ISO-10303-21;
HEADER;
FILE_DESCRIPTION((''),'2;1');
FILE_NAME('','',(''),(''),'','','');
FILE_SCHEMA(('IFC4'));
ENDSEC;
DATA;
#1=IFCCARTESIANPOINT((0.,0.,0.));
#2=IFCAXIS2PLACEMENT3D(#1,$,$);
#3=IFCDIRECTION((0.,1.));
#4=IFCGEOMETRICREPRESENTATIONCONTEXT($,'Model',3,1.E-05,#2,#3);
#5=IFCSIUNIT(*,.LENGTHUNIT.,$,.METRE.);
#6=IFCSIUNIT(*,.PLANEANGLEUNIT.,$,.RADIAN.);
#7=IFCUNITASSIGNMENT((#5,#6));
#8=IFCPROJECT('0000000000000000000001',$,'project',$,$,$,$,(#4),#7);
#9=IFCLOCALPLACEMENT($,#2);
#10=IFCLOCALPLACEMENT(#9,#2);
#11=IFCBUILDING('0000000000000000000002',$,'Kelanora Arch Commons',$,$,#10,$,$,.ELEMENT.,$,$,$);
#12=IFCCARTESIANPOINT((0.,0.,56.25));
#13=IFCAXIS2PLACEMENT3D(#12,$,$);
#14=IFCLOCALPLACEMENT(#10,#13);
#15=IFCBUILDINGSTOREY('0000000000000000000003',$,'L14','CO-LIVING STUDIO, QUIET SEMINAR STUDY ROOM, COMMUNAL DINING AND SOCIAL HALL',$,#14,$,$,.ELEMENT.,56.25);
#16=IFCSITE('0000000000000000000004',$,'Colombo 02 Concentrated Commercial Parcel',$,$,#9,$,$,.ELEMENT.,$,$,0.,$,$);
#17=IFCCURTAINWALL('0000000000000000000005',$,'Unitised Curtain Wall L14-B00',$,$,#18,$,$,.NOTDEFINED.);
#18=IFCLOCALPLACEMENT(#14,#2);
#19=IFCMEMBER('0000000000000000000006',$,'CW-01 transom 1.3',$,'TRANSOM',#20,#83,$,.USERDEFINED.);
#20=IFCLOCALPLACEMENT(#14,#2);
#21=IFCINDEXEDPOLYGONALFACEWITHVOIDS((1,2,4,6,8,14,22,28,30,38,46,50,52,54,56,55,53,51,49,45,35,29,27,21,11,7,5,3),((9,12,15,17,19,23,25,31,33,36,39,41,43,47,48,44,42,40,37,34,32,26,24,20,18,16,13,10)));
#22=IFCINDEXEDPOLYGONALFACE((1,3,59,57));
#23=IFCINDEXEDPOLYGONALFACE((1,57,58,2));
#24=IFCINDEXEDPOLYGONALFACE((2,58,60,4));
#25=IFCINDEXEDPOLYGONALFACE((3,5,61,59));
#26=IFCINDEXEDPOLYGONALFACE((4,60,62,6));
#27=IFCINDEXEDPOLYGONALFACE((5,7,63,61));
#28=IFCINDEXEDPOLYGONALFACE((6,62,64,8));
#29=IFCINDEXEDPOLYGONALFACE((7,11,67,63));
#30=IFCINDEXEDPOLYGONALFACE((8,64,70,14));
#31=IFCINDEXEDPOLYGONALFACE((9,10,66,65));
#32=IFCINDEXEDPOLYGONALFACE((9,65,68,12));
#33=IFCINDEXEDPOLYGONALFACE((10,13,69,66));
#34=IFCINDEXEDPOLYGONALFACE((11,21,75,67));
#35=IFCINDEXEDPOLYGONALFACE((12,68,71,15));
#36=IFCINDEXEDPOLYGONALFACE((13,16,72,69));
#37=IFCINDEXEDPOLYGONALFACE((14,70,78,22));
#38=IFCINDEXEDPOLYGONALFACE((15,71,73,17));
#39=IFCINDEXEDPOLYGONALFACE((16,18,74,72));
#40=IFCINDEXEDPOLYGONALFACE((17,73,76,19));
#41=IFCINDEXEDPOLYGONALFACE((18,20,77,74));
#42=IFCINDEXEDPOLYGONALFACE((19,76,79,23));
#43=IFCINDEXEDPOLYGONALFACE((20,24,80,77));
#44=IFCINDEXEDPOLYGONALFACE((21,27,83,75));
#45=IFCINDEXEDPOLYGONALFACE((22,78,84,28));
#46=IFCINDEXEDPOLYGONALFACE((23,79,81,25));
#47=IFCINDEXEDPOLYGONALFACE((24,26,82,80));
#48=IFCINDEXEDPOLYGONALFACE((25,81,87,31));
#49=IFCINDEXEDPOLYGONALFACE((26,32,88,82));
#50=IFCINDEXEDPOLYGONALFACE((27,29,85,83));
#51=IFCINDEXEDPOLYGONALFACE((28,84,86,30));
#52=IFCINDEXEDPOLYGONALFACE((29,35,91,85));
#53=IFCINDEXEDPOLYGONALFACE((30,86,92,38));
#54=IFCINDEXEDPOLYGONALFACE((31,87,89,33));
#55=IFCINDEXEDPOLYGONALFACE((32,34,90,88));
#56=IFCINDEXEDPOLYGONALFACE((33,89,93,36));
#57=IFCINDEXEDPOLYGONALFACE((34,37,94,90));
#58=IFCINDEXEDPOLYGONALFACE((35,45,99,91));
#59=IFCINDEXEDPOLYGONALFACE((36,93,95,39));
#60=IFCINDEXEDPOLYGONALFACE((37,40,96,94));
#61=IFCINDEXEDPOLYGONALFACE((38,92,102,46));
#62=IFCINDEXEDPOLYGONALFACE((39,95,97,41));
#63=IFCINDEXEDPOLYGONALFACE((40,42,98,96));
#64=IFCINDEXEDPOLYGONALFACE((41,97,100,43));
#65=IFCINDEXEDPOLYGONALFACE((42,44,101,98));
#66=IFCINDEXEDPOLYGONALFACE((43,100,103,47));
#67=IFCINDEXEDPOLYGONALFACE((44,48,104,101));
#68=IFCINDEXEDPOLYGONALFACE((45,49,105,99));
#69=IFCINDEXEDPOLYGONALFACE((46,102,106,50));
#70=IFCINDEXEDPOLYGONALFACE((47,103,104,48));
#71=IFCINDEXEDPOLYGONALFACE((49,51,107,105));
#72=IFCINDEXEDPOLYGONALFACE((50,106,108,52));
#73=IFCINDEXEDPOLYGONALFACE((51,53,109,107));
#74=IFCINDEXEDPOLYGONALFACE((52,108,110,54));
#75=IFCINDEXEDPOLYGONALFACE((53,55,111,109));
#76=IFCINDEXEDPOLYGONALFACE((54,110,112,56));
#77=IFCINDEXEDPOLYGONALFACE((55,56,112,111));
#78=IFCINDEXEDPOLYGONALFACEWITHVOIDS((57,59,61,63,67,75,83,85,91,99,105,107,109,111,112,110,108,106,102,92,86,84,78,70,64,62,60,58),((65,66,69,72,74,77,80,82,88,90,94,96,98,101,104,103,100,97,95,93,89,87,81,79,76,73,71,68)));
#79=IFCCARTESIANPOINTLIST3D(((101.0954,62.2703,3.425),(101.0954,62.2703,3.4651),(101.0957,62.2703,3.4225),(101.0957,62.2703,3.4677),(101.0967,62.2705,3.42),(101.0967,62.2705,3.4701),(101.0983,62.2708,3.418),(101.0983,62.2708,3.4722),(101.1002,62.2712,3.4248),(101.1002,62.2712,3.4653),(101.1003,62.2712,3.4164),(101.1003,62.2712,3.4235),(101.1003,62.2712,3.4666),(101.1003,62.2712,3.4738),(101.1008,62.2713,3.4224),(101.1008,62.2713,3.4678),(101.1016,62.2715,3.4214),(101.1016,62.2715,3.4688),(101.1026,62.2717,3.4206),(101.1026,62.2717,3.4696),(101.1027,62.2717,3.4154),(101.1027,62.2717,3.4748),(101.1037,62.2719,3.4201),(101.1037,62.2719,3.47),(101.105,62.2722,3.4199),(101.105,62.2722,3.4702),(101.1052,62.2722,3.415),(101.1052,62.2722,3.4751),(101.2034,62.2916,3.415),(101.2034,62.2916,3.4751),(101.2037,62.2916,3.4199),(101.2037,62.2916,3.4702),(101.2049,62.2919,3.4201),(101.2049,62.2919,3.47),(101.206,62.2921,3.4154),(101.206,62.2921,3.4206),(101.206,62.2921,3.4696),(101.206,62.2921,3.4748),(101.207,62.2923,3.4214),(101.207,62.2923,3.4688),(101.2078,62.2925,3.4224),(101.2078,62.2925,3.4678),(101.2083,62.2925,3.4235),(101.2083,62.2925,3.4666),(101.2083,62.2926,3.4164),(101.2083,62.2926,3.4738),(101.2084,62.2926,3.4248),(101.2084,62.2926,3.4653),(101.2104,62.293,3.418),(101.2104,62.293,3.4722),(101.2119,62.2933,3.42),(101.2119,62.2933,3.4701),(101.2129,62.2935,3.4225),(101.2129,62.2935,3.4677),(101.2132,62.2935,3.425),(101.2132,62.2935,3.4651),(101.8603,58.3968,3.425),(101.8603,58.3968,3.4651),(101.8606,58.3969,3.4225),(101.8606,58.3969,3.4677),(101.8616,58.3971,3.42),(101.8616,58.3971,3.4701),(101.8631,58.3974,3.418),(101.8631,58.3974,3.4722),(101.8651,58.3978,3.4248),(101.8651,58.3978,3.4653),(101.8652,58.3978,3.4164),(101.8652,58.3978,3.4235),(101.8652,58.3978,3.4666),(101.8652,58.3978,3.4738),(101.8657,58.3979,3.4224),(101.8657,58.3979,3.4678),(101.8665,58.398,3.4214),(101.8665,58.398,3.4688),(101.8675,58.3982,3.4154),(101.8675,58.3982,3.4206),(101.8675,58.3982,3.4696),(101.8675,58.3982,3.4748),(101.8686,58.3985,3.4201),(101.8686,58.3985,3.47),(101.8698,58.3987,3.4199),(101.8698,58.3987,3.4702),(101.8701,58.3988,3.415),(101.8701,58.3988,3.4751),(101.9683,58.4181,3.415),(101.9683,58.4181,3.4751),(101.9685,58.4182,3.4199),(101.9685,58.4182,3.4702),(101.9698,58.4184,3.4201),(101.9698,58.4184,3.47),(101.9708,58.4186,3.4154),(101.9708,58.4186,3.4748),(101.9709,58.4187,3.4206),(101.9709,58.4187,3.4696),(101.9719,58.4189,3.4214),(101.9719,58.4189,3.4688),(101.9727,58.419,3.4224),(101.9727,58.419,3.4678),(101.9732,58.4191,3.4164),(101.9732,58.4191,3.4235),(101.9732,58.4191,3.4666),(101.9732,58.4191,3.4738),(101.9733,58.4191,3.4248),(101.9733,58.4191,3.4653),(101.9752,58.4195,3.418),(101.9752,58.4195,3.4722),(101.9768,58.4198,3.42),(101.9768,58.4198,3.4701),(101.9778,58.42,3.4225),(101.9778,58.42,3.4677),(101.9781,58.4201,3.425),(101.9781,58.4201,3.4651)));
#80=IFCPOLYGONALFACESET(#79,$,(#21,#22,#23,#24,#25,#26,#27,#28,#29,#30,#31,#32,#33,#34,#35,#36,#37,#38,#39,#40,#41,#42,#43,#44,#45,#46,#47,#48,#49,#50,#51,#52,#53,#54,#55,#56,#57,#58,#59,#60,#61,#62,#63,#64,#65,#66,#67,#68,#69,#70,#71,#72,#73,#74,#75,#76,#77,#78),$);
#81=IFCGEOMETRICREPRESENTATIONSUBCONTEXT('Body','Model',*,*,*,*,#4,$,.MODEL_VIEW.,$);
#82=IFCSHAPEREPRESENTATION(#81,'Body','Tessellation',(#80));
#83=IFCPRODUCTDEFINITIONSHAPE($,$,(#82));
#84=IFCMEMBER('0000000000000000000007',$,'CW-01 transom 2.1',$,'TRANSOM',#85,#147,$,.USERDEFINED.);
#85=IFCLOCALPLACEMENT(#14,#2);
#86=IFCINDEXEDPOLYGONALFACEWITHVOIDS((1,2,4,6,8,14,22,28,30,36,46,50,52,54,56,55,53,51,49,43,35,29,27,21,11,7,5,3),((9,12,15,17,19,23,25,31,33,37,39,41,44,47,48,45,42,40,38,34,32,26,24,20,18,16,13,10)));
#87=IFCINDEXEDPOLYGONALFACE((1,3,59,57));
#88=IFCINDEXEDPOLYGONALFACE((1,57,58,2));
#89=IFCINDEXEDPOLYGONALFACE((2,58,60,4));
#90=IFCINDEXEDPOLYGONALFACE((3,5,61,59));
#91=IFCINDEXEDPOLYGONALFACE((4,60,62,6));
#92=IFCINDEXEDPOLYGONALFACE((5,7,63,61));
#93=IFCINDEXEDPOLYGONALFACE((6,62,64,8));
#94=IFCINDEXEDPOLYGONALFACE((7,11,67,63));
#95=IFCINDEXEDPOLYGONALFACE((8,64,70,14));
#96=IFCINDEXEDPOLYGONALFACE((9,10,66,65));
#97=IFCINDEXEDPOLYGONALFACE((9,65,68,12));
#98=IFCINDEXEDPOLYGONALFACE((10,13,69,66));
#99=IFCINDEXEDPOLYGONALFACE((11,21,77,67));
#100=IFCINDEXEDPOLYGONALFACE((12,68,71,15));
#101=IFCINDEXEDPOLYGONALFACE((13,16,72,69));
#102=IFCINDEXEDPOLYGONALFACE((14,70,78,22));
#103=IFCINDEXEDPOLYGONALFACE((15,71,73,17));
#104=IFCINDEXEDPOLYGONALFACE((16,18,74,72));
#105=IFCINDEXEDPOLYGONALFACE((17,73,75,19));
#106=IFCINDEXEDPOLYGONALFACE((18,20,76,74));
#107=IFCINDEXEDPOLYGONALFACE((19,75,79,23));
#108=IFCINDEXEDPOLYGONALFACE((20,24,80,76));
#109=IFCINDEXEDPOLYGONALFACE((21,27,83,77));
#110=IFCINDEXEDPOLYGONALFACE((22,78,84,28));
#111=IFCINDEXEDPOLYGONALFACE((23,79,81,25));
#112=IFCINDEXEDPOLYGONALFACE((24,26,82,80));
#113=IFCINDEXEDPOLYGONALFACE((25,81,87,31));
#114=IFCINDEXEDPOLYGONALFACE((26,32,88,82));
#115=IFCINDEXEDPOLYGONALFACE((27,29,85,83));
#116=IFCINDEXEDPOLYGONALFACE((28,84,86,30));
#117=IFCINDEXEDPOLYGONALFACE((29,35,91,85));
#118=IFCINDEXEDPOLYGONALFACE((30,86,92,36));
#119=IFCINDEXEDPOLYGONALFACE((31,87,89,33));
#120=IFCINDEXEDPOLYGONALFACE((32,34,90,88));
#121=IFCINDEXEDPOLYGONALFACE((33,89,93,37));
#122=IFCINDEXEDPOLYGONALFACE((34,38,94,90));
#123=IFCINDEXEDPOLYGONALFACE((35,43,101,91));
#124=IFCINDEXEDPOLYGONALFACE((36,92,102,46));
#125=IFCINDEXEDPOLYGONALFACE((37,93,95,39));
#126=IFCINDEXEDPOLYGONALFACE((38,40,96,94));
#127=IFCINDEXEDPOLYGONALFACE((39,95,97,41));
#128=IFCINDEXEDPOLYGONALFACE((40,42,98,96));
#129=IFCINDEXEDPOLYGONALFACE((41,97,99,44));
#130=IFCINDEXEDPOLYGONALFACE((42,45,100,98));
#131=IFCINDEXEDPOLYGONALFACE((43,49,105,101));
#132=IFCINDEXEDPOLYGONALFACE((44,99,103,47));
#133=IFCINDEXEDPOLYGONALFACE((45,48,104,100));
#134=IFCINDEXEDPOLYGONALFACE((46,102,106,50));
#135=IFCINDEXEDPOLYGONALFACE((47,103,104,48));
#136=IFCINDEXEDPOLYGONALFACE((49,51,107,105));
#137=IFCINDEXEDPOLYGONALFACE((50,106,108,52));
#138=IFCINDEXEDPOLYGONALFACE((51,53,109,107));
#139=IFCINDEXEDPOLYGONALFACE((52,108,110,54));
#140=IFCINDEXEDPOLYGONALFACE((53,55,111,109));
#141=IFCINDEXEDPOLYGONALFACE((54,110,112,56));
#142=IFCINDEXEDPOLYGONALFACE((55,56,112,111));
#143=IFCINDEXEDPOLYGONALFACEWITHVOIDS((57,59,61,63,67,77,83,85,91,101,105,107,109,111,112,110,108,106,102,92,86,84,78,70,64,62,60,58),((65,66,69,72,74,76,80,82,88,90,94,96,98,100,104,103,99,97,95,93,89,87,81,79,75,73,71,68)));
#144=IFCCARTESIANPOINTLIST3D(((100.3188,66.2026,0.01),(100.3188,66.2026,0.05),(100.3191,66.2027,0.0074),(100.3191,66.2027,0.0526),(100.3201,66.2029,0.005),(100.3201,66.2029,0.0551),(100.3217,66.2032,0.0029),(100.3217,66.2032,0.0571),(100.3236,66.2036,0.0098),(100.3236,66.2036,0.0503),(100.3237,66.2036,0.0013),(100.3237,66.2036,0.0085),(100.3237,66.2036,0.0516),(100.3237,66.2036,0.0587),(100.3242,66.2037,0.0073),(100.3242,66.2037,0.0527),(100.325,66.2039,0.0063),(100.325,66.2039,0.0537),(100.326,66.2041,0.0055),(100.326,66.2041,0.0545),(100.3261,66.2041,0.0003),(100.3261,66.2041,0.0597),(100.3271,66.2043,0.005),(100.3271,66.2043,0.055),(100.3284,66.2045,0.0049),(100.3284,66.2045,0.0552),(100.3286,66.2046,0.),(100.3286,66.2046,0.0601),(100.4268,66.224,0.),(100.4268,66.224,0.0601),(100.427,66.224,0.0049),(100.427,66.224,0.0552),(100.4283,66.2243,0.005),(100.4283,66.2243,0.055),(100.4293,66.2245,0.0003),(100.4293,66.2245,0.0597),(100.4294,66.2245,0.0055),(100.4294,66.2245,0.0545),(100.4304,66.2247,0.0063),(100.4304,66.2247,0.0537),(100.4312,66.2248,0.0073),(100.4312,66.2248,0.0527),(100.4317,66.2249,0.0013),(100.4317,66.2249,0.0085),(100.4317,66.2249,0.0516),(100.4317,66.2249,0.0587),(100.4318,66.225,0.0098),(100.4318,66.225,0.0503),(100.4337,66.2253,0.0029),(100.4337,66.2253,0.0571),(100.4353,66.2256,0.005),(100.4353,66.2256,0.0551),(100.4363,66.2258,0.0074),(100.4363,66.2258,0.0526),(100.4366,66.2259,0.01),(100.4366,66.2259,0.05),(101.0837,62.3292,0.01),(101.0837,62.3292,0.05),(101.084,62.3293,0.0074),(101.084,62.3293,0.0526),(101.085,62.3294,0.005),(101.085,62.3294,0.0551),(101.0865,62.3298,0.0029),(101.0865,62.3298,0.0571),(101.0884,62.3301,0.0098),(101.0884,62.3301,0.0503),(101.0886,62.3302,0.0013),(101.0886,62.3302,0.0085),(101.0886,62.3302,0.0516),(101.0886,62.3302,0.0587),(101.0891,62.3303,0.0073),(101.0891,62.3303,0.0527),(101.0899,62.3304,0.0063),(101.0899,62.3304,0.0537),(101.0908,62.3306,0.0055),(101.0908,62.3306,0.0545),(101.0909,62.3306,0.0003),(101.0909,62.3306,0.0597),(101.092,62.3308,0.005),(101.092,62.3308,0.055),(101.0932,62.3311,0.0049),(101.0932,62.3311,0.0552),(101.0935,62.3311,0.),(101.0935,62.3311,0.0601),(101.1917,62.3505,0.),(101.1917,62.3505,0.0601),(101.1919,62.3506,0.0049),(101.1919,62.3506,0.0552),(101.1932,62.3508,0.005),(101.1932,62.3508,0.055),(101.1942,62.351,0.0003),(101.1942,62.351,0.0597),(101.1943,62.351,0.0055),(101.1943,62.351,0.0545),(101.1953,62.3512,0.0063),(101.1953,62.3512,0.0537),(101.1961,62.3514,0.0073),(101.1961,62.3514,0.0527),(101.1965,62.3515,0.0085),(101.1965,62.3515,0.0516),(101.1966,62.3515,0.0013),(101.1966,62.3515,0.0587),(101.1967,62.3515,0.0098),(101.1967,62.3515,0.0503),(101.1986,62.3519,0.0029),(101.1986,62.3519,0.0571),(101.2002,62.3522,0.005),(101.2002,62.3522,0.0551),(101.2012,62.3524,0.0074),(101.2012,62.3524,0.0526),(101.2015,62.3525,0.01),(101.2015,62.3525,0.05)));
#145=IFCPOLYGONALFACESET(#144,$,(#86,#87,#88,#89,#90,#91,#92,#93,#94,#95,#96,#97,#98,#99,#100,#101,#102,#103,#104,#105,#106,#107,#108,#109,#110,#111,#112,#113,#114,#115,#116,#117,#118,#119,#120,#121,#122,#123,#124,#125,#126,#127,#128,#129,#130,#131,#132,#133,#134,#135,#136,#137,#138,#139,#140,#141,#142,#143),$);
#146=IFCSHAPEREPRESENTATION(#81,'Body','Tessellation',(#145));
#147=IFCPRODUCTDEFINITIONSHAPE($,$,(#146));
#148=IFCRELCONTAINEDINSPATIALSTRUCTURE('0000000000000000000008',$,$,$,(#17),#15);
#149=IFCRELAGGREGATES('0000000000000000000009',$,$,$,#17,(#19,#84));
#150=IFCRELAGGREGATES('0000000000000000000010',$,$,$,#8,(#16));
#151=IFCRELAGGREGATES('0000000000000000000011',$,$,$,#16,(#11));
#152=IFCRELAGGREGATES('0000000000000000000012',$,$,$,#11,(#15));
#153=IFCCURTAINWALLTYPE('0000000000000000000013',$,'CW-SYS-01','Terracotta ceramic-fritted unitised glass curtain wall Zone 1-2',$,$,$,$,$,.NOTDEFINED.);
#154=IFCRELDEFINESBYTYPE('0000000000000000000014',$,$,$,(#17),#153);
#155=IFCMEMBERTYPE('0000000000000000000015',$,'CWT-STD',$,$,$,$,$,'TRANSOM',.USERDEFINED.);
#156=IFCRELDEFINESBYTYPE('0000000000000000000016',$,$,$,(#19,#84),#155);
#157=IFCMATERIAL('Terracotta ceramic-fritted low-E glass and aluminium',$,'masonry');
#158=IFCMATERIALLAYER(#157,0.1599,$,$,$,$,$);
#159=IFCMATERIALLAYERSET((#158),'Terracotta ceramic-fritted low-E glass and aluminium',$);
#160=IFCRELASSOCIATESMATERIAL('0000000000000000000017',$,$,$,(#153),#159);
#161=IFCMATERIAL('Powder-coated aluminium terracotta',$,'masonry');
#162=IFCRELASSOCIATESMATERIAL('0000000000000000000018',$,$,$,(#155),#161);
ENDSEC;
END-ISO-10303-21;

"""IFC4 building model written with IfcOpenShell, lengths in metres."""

from ifc_helpers import new_model, si_unit, direction, frame, origin, origin_2d, place, context, subcontext, project, spatial, hollow_rectangle, extrude, material, layer, layer_set, material_profile, profile_set, type_object, element, aggregate, save


model = new_model("IFC4")

# Units and contexts
model_context = context("Model", 3, precision=1e-05, world=origin(), true_north=direction((0.0, 1.0)))
body_context = subcontext(model_context, "Body", "Model", "MODEL_VIEW")
ifc_project = project(units=[si_unit("LENGTHUNIT", "METRE"), si_unit("PLANEANGLEUNIT", "RADIAN")], contexts=[model_context])

# Site, building, storey
site_placement = place(None, origin())
site = spatial("IfcSite", under=ifc_project, at=site_placement, Name="Colombo 02 Concentrated Commercial Parcel", CompositionType="ELEMENT", RefElevation=0.0)
building_placement = place(site_placement, origin())
building = spatial("IfcBuilding", under=site, at=building_placement, Name="Kelanora Arch Commons", CompositionType="ELEMENT")
storey_placement = place(building_placement, frame((0.0, 0.0, 56.25)))
storey = spatial("IfcBuildingStorey", under=building, at=storey_placement, Name="L14", Description="CO-LIVING STUDIO, QUIET SEMINAR STUDY ROOM, COMMUNAL DINING AND SOCIAL HALL", CompositionType="ELEMENT", Elevation=56.25)

# Curtain wall, members
ifc_material_1 = material(Name="Terracotta ceramic-fritted low-E glass and aluminium", Category="masonry")
ifc_layer_1 = layer(ifc_material_1, 0.1599)
ifc_layer_set_1 = layer_set([ifc_layer_1], Name="Terracotta ceramic-fritted low-E glass and aluminium")
curtain_wall_type = type_object("IfcCurtainWallType", Name="CW-SYS-01", Description="Terracotta ceramic-fritted unitised glass curtain wall Zone 1-2", PredefinedType="NOTDEFINED", material=ifc_layer_set_1)
curtain_wall_placement = place(storey_placement, origin())
curtain_wall = element("IfcCurtainWall", 1, at=curtain_wall_placement, inside=storey, type_object=curtain_wall_type, Name="Unitised Curtain Wall L14-B00", PredefinedType="NOTDEFINED")
ifc_material_2 = material(Name="Powder-coated aluminium terracotta", Category="masonry")
ifc_material_profile_1 = material_profile(ifc_material_2, hollow_rectangle(XDim=0.1201, YDim=0.0601, WallThickness=0.0049, InnerFilletRadius=0.0049, OuterFilletRadius=0.01, at=origin_2d()), Name="CWT120x60")
ifc_profile_set_1 = profile_set([ifc_material_profile_1], Name="Powder-coated aluminium terracotta")
member_type_1 = type_object("IfcMemberType", Name="CWT-STD", ElementType="TRANSOM", PredefinedType="USERDEFINED", material=ifc_profile_set_1)
member_1_placement = place(storey_placement, frame((101.9192, 58.4084, 3.4451), z_axis=(-0.193725, 0.981056, 0.0), x_axis=(-0.981056, -0.193725, 0.0)))
member_1 = element("IfcMember", 2, at=member_1_placement, type_object=member_type_1, Name="CW-01 transom 1.3", ObjectType="TRANSOM", PredefinedType="USERDEFINED", context=body_context, shape_type="SweptSolid", body=[
    extrude(hollow_rectangle(XDim=0.1201, YDim=0.0601, WallThickness=0.0049, InnerFilletRadius=0.0049, OuterFilletRadius=0.01, at=origin_2d()), origin(), (0.0, 0.0, 1.0), 3.9482),
])
member_2_placement = place(storey_placement, frame((101.1426, 62.3408, 0.03), z_axis=(-0.193725, 0.981056, 0.0), x_axis=(-0.981056, -0.193725, 0.0)))
member_2 = element("IfcMember", 3, at=member_2_placement, type_object=member_type_1, Name="CW-01 transom 2.1", ObjectType="TRANSOM", PredefinedType="USERDEFINED", context=body_context, shape_type="SweptSolid", body=[
    extrude(hollow_rectangle(XDim=0.1201, YDim=0.0601, WallThickness=0.0049, InnerFilletRadius=0.0049, OuterFilletRadius=0.01, at=origin_2d()), origin(), (0.0, 0.0, 1.0), 3.9482),
])
aggregate(curtain_wall, [member_1, member_2])

save(model, "model.ifc")
